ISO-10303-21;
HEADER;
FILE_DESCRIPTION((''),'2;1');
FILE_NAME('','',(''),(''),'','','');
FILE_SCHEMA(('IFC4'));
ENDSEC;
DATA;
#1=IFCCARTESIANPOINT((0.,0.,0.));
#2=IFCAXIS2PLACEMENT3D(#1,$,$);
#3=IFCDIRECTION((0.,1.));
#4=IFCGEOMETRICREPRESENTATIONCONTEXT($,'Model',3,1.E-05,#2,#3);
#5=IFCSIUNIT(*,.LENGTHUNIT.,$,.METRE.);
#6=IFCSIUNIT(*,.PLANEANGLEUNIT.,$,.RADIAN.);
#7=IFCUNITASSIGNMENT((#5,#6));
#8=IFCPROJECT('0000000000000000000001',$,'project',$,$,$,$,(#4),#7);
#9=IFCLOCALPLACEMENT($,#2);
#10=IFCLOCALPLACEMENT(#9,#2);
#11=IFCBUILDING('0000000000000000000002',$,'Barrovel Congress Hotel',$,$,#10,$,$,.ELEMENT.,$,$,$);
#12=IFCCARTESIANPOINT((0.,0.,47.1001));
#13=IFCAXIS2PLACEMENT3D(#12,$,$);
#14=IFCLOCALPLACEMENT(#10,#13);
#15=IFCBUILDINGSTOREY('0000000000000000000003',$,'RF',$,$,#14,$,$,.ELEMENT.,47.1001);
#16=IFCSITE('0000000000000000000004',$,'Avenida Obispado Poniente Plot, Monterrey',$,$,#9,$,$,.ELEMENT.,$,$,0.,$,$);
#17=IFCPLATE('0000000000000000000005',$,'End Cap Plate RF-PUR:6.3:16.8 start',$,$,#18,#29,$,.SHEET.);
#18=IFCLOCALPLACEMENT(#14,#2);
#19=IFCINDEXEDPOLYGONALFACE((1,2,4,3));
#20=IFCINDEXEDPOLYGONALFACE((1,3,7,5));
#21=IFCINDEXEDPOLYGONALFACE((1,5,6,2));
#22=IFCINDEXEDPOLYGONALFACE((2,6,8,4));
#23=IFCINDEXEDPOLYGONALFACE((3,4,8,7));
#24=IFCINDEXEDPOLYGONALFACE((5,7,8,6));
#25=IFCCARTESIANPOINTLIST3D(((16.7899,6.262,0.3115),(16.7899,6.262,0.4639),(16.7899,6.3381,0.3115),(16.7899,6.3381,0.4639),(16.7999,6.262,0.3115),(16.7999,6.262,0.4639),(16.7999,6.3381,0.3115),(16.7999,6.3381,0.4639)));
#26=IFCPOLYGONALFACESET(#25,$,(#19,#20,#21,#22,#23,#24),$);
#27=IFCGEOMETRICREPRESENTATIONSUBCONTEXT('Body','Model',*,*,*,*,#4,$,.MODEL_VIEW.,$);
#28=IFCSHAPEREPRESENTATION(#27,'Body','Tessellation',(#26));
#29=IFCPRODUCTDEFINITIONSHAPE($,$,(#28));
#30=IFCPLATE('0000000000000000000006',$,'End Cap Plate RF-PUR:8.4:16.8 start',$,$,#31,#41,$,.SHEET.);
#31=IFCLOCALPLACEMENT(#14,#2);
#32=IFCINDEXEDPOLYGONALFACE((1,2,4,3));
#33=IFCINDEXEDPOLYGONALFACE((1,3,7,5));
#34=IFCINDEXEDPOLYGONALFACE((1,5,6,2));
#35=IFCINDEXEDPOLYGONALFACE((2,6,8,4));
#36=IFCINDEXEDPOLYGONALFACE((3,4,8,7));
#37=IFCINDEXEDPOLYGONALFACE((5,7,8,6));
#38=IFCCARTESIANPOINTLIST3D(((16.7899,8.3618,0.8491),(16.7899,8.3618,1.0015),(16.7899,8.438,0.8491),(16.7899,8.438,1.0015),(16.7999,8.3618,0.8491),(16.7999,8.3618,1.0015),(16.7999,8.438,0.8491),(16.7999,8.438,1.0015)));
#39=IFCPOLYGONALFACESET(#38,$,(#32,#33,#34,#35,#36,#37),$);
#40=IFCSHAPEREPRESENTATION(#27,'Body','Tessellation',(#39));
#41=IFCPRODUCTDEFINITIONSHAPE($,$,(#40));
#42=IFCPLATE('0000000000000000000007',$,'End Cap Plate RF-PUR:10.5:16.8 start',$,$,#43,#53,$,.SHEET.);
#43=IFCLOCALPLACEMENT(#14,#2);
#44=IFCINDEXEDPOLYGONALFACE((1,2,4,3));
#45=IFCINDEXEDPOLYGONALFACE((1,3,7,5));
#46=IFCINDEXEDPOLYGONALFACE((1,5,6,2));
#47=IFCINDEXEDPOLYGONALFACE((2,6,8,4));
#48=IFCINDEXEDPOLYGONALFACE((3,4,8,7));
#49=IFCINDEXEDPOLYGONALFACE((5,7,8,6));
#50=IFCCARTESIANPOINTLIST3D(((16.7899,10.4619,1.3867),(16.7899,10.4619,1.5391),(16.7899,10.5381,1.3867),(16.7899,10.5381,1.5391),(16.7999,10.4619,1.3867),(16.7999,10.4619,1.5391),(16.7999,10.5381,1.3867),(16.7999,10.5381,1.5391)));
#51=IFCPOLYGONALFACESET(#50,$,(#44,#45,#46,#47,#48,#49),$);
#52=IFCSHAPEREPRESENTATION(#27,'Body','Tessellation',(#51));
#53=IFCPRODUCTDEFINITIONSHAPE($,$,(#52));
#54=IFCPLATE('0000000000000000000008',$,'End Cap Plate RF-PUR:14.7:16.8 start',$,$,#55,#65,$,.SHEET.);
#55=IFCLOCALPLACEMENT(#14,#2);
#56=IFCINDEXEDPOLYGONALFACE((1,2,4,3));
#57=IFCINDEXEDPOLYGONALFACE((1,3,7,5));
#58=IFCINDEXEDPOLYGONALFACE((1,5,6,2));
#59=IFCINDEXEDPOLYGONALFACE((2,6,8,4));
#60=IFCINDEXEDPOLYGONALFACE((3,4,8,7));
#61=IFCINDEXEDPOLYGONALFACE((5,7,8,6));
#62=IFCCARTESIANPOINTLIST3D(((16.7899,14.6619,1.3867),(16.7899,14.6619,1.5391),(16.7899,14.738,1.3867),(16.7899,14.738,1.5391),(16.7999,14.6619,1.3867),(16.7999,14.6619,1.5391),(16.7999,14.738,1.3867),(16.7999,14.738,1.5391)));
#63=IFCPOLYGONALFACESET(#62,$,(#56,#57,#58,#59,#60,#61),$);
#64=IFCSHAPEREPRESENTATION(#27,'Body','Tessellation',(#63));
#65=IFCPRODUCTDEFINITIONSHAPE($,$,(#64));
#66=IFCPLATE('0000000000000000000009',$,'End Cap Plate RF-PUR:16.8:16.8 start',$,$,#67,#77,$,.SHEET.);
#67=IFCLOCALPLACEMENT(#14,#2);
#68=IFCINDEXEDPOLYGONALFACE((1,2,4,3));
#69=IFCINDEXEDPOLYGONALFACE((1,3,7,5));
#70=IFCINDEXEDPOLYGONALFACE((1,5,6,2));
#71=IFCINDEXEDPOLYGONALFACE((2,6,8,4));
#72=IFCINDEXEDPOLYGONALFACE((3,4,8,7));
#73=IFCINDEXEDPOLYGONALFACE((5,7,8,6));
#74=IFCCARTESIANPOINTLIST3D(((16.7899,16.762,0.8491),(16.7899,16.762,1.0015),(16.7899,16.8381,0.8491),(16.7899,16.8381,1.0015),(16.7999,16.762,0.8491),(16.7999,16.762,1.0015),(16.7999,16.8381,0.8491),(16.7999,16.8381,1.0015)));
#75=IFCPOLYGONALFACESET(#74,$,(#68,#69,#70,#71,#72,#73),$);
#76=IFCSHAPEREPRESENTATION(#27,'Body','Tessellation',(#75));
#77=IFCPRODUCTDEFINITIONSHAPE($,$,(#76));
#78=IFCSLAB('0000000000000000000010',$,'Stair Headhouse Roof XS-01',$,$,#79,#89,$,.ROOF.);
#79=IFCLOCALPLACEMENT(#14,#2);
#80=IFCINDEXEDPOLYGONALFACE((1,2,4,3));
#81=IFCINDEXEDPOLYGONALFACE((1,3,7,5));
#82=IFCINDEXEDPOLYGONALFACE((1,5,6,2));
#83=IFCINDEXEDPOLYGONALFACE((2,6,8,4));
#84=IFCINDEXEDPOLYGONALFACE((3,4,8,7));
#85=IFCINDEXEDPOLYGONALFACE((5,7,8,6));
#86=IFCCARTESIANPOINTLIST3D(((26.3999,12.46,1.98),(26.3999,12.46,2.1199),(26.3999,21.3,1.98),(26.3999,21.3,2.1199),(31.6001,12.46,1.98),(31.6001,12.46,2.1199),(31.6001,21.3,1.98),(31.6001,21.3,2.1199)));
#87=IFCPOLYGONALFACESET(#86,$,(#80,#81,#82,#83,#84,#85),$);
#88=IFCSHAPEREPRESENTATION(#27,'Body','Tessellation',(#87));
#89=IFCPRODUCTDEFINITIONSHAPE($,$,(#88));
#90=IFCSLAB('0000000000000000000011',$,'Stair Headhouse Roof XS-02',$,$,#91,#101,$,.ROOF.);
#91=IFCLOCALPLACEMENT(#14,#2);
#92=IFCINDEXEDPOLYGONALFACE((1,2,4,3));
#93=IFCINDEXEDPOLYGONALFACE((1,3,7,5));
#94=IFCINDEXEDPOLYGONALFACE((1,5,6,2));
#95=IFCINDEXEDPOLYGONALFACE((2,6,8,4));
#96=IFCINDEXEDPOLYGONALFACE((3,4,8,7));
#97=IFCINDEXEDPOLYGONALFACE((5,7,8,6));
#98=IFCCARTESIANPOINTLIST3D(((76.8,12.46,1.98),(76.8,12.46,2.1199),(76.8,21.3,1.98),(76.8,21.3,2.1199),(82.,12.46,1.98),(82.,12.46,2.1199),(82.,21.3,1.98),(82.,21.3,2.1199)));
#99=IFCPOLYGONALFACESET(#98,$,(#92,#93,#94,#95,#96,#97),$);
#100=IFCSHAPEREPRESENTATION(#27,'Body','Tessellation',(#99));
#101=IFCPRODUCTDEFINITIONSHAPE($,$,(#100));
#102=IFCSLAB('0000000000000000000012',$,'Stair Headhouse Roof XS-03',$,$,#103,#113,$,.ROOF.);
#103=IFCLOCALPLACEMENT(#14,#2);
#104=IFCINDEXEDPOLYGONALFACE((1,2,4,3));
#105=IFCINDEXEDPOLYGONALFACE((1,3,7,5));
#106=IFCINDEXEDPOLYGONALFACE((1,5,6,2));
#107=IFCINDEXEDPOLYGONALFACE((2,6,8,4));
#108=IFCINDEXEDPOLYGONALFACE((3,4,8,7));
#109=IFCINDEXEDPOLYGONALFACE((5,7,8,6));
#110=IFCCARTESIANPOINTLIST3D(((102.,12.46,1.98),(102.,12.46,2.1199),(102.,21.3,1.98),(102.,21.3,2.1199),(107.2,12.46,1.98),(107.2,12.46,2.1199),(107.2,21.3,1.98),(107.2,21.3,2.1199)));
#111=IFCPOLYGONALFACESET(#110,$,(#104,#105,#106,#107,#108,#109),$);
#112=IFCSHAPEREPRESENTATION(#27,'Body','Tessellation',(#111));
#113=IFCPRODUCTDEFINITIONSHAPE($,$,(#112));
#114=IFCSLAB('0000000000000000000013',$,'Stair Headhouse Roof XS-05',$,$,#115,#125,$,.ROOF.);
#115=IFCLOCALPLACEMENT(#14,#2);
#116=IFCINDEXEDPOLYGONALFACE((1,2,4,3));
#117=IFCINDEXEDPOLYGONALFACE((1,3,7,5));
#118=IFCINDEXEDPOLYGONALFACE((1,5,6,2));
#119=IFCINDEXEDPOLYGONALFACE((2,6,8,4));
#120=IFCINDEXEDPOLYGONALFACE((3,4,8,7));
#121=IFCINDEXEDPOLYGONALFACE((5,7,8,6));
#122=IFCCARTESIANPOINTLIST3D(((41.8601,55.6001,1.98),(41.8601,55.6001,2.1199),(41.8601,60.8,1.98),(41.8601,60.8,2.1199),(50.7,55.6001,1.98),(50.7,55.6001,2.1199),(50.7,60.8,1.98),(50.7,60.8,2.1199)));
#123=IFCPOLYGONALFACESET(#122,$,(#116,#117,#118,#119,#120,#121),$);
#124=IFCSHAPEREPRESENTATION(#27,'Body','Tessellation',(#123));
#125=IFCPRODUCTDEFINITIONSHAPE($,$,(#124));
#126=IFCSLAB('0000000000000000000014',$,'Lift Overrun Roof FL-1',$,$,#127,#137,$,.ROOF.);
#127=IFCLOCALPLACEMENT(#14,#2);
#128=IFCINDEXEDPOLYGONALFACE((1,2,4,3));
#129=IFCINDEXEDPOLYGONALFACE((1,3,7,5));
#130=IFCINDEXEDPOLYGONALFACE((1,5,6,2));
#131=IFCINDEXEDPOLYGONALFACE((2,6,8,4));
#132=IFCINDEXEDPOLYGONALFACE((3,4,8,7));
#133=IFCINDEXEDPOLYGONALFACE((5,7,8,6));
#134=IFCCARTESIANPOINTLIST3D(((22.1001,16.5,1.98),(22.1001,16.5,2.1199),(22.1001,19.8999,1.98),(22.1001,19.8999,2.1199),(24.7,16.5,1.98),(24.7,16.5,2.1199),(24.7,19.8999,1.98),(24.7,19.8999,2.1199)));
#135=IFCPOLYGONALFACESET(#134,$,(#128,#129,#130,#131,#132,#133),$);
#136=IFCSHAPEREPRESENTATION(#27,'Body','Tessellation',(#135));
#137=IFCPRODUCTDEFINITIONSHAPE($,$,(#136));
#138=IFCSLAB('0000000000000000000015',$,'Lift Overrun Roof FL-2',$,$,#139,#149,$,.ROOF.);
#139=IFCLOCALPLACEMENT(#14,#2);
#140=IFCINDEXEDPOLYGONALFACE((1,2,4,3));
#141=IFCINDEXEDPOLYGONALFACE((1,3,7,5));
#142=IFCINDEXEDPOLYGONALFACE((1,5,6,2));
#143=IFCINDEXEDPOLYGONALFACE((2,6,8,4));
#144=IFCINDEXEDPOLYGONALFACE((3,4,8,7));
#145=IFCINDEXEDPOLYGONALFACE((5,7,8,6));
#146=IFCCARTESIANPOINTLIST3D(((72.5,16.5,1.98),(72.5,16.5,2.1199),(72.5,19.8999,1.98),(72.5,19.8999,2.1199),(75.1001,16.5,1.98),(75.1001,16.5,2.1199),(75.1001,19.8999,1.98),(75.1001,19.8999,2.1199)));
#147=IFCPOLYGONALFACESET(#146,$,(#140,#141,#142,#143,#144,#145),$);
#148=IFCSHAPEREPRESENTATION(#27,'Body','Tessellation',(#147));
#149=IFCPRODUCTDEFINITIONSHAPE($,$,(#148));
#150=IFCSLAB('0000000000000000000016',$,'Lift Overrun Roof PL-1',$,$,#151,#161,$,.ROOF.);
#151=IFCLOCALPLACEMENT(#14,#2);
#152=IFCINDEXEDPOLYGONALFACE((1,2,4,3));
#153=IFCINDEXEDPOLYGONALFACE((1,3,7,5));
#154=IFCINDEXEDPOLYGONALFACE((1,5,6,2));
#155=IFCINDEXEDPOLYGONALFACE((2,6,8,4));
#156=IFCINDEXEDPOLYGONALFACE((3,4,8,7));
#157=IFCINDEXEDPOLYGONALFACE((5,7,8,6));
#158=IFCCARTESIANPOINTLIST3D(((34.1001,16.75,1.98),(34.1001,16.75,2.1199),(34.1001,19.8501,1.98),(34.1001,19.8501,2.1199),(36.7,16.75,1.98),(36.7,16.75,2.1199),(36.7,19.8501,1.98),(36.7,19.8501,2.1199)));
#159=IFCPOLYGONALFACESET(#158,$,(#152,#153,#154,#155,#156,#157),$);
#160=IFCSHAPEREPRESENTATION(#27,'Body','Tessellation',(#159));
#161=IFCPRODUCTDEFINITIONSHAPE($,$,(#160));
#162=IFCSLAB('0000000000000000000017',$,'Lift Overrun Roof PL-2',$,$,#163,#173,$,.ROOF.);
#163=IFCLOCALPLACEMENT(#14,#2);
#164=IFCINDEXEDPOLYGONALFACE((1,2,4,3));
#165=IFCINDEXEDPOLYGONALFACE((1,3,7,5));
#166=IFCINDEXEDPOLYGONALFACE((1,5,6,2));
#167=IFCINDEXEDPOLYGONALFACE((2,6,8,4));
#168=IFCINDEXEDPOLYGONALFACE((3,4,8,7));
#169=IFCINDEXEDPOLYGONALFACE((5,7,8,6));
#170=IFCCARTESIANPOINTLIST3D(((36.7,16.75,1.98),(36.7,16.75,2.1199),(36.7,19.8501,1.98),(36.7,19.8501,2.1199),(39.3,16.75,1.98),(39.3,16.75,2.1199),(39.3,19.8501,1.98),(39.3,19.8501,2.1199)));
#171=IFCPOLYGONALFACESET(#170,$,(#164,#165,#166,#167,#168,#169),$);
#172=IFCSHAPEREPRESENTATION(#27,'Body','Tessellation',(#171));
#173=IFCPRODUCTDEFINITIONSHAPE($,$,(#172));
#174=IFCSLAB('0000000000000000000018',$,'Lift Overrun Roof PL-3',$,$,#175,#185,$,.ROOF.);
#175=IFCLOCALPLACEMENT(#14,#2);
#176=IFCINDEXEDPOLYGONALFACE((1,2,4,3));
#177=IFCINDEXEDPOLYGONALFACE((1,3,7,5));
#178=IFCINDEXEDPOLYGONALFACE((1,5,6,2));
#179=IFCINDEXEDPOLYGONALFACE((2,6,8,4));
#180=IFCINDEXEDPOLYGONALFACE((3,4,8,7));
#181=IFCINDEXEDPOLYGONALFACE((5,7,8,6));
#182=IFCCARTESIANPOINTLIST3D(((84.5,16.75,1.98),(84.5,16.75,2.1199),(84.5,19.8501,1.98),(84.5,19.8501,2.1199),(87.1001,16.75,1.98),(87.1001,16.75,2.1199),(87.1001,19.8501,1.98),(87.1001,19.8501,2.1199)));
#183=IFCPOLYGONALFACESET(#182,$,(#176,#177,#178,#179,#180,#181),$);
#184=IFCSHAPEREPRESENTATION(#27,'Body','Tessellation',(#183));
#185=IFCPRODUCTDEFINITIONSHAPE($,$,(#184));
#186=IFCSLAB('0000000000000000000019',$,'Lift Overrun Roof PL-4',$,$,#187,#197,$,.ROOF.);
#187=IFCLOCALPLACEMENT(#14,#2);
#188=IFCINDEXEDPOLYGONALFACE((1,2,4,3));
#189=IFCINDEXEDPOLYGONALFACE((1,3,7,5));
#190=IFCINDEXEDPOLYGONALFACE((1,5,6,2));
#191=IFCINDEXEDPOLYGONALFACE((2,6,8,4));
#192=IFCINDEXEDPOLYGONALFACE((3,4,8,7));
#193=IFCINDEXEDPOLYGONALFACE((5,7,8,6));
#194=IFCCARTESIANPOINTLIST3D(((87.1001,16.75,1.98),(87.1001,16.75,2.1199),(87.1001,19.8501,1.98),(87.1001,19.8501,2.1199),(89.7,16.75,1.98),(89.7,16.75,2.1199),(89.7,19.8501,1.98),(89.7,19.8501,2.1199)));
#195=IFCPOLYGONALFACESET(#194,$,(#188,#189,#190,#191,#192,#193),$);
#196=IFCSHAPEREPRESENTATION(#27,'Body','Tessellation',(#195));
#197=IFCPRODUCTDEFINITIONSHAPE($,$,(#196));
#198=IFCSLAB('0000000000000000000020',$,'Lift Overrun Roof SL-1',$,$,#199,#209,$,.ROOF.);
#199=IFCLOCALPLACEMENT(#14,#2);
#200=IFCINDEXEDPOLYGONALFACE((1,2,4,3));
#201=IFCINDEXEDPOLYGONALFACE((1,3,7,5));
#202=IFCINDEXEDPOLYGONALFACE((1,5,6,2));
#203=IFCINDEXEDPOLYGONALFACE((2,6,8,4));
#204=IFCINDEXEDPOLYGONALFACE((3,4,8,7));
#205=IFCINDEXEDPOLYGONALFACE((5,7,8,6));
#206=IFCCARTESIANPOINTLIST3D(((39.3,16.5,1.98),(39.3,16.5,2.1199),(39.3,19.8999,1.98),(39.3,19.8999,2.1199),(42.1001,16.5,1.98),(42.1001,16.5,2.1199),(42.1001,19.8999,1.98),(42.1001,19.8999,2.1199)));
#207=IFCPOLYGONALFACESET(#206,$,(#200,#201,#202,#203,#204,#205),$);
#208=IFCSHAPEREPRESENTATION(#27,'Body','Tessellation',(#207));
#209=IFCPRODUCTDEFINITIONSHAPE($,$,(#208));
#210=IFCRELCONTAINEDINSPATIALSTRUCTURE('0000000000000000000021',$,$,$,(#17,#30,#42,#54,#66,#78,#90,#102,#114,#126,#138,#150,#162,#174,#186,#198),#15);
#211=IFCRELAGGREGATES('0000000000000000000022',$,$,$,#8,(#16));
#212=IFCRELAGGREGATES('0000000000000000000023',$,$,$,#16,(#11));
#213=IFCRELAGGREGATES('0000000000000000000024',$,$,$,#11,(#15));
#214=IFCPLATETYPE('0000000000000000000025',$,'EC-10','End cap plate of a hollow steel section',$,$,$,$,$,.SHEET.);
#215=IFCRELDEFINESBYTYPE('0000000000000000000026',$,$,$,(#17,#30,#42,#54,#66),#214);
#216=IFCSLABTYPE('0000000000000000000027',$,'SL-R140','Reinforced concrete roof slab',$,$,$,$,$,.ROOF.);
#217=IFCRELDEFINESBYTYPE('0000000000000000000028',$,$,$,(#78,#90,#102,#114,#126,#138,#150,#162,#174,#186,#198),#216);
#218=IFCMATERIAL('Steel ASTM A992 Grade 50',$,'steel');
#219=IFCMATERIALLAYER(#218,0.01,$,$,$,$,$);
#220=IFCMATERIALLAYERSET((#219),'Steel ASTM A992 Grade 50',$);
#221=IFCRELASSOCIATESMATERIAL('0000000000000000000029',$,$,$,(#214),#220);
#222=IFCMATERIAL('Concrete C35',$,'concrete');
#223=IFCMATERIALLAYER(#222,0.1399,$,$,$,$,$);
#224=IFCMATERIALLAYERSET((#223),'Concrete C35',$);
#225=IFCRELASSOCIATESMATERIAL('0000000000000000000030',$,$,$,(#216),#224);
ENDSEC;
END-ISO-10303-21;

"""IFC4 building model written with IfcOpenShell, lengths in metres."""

from ifc_helpers import new_model, si_unit, direction, frame, origin, origin_2d, place, context, subcontext, project, spatial, polyline, rectangle, outline, extrude, material, layer, layer_set, type_object, element, save


model = new_model("IFC4")

# Units and contexts
model_context = context("Model", 3, precision=1e-05, world=origin(), true_north=direction((0.0, 1.0)))
body_context = subcontext(model_context, "Body", "Model", "MODEL_VIEW")
ifc_project = project(units=[si_unit("LENGTHUNIT", "METRE"), si_unit("PLANEANGLEUNIT", "RADIAN")], contexts=[model_context])

# Site, building, storey
site_placement = place(None, origin())
site = spatial("IfcSite", under=ifc_project, at=site_placement, Name="Avenida Obispado Poniente Plot, Monterrey", CompositionType="ELEMENT", RefElevation=0.0)
building_placement = place(site_placement, origin())
building = spatial("IfcBuilding", under=site, at=building_placement, Name="Barrovel Congress Hotel", CompositionType="ELEMENT")
storey_placement = place(building_placement, frame((0.0, 0.0, 47.1001)))
storey = spatial("IfcBuildingStorey", under=building, at=storey_placement, Name="RF", CompositionType="ELEMENT", Elevation=47.1001)

# Plates
ifc_material_1 = material(Name="Steel ASTM A992 Grade 50", Category="steel")
ifc_layer_1 = layer(ifc_material_1, 0.01)
ifc_layer_set_1 = layer_set([ifc_layer_1], Name="Steel ASTM A992 Grade 50")
plate_type = type_object("IfcPlateType", Name="EC-10", Description="End cap plate of a hollow steel section", PredefinedType="SHEET", material=ifc_layer_set_1)
for number, where, z_axis, x_axis, name in (
    (1, (16.7949, 6.3, 0.3115), (0.0, 0.0, 1.0), (-1.0, 0.0, 0.0), "End Cap Plate RF-PUR:6.3:16.8 start"),
    (2, (16.7949, 8.3999, 0.8491), (0.0, 0.0, 1.0), (-1.0, 0.0, 0.0), "End Cap Plate RF-PUR:8.4:16.8 start"),
    (3, (16.7949, 10.5, 1.3867), (0.0, 0.0, 1.0), (-1.0, 0.0, 0.0), "End Cap Plate RF-PUR:10.5:16.8 start"),
    (4, (16.7949, 14.7, 1.3867), (0.0, 0.0, 1.0), (-1.0, 0.0, 0.0), "End Cap Plate RF-PUR:14.7:16.8 start"),
    (5, (16.7949, 16.8, 0.8491), (0.0, 0.0, 1.0), (-1.0, 0.0, 0.0), "End Cap Plate RF-PUR:16.8:16.8 start"),
):
    element("IfcPlate", number, at=place(storey_placement, frame(where, z_axis=z_axis, x_axis=x_axis)), inside=storey, type_object=plate_type, Name=name, PredefinedType="SHEET", context=body_context, shape_type="SweptSolid", body=[
        extrude(rectangle(XDim=0.01, YDim=0.0762, at=origin_2d()), origin(), (0.0, 0.0, 1.0), 0.1523),
    ])

# Slabs
ifc_material_2 = material(Name="Concrete C35", Category="concrete")
ifc_layer_2 = layer(ifc_material_2, 0.1399)
ifc_layer_set_2 = layer_set([ifc_layer_2], Name="Concrete C35")
slab_type_1 = type_object("IfcSlabType", Name="SL-R140", Description="Reinforced concrete roof slab", PredefinedType="ROOF", material=ifc_layer_set_2)
slab_1_placement = place(storey_placement, frame((0.0, 0.0, 1.98)))
element("IfcSlab", 6, at=slab_1_placement, inside=storey, type_object=slab_type_1, Name="Stair Headhouse Roof XS-01", PredefinedType="ROOF", context=body_context, shape_type="SweptSolid", body=[
    extrude(outline(polyline([(26.3999, 12.46), (31.6001, 12.46), (31.6001, 21.3), (26.3999, 21.3), (26.3999, 12.46)])), origin(), (0.0, 0.0, 1.0), 0.1399),
])
slab_2_placement = place(storey_placement, frame((0.0, 0.0, 1.98)))
element("IfcSlab", 7, at=slab_2_placement, inside=storey, type_object=slab_type_1, Name="Stair Headhouse Roof XS-02", PredefinedType="ROOF", context=body_context, shape_type="SweptSolid", body=[
    extrude(outline(polyline([(76.8, 12.46), (82.0, 12.46), (82.0, 21.3), (76.8, 21.3), (76.8, 12.46)])), origin(), (0.0, 0.0, 1.0), 0.1399),
])
slab_3_placement = place(storey_placement, frame((0.0, 0.0, 1.98)))
element("IfcSlab", 8, at=slab_3_placement, inside=storey, type_object=slab_type_1, Name="Stair Headhouse Roof XS-03", PredefinedType="ROOF", context=body_context, shape_type="SweptSolid", body=[
    extrude(outline(polyline([(102.0, 12.46), (107.2, 12.46), (107.2, 21.3), (102.0, 21.3), (102.0, 12.46)])), origin(), (0.0, 0.0, 1.0), 0.1399),
])
slab_4_placement = place(storey_placement, frame((0.0, 0.0, 1.98)))
element("IfcSlab", 9, at=slab_4_placement, inside=storey, type_object=slab_type_1, Name="Stair Headhouse Roof XS-05", PredefinedType="ROOF", context=body_context, shape_type="SweptSolid", body=[
    extrude(outline(polyline([(41.8601, 55.6001), (50.7, 55.6001), (50.7, 60.8), (41.8601, 60.8), (41.8601, 55.6001)])), origin(), (0.0, 0.0, 1.0), 0.1399),
])
slab_5_placement = place(storey_placement, frame((0.0, 0.0, 1.98)))
element("IfcSlab", 10, at=slab_5_placement, inside=storey, type_object=slab_type_1, Name="Lift Overrun Roof FL-1", PredefinedType="ROOF", context=body_context, shape_type="SweptSolid", body=[
    extrude(outline(polyline([(22.1001, 16.5), (24.7, 16.5), (24.7, 19.8999), (22.1001, 19.8999), (22.1001, 16.5)])), origin(), (0.0, 0.0, 1.0), 0.1399),
])
slab_6_placement = place(storey_placement, frame((0.0, 0.0, 1.98)))
element("IfcSlab", 11, at=slab_6_placement, inside=storey, type_object=slab_type_1, Name="Lift Overrun Roof FL-2", PredefinedType="ROOF", context=body_context, shape_type="SweptSolid", body=[
    extrude(outline(polyline([(72.5, 16.5), (75.1001, 16.5), (75.1001, 19.8999), (72.5, 19.8999), (72.5, 16.5)])), origin(), (0.0, 0.0, 1.0), 0.1399),
])
slab_7_placement = place(storey_placement, frame((0.0, 0.0, 1.98)))
element("IfcSlab", 12, at=slab_7_placement, inside=storey, type_object=slab_type_1, Name="Lift Overrun Roof PL-1", PredefinedType="ROOF", context=body_context, shape_type="SweptSolid", body=[
    extrude(outline(polyline([(34.1001, 16.75), (36.7, 16.75), (36.7, 19.8501), (34.1001, 19.8501), (34.1001, 16.75)])), origin(), (0.0, 0.0, 1.0), 0.1399),
])
slab_8_placement = place(storey_placement, frame((0.0, 0.0, 1.98)))
element("IfcSlab", 13, at=slab_8_placement, inside=storey, type_object=slab_type_1, Name="Lift Overrun Roof PL-2", PredefinedType="ROOF", context=body_context, shape_type="SweptSolid", body=[
    extrude(outline(polyline([(36.7, 16.75), (39.3, 16.75), (39.3, 19.8501), (36.7, 19.8501), (36.7, 16.75)])), origin(), (0.0, 0.0, 1.0), 0.1399),
])
slab_9_placement = place(storey_placement, frame((0.0, 0.0, 1.98)))
element("IfcSlab", 14, at=slab_9_placement, inside=storey, type_object=slab_type_1, Name="Lift Overrun Roof PL-3", PredefinedType="ROOF", context=body_context, shape_type="SweptSolid", body=[
    extrude(outline(polyline([(84.5, 16.75), (87.1001, 16.75), (87.1001, 19.8501), (84.5, 19.8501), (84.5, 16.75)])), origin(), (0.0, 0.0, 1.0), 0.1399),
])
slab_10_placement = place(storey_placement, frame((0.0, 0.0, 1.98)))
element("IfcSlab", 15, at=slab_10_placement, inside=storey, type_object=slab_type_1, Name="Lift Overrun Roof PL-4", PredefinedType="ROOF", context=body_context, shape_type="SweptSolid", body=[
    extrude(outline(polyline([(87.1001, 16.75), (89.7, 16.75), (89.7, 19.8501), (87.1001, 19.8501), (87.1001, 16.75)])), origin(), (0.0, 0.0, 1.0), 0.1399),
])
slab_11_placement = place(storey_placement, frame((0.0, 0.0, 1.98)))
element("IfcSlab", 16, at=slab_11_placement, inside=storey, type_object=slab_type_1, Name="Lift Overrun Roof SL-1", PredefinedType="ROOF", context=body_context, shape_type="SweptSolid", body=[
    extrude(outline(polyline([(39.3, 16.5), (42.1001, 16.5), (42.1001, 19.8999), (39.3, 19.8999), (39.3, 16.5)])), origin(), (0.0, 0.0, 1.0), 0.1399),
])

save(model, "model.ifc")
